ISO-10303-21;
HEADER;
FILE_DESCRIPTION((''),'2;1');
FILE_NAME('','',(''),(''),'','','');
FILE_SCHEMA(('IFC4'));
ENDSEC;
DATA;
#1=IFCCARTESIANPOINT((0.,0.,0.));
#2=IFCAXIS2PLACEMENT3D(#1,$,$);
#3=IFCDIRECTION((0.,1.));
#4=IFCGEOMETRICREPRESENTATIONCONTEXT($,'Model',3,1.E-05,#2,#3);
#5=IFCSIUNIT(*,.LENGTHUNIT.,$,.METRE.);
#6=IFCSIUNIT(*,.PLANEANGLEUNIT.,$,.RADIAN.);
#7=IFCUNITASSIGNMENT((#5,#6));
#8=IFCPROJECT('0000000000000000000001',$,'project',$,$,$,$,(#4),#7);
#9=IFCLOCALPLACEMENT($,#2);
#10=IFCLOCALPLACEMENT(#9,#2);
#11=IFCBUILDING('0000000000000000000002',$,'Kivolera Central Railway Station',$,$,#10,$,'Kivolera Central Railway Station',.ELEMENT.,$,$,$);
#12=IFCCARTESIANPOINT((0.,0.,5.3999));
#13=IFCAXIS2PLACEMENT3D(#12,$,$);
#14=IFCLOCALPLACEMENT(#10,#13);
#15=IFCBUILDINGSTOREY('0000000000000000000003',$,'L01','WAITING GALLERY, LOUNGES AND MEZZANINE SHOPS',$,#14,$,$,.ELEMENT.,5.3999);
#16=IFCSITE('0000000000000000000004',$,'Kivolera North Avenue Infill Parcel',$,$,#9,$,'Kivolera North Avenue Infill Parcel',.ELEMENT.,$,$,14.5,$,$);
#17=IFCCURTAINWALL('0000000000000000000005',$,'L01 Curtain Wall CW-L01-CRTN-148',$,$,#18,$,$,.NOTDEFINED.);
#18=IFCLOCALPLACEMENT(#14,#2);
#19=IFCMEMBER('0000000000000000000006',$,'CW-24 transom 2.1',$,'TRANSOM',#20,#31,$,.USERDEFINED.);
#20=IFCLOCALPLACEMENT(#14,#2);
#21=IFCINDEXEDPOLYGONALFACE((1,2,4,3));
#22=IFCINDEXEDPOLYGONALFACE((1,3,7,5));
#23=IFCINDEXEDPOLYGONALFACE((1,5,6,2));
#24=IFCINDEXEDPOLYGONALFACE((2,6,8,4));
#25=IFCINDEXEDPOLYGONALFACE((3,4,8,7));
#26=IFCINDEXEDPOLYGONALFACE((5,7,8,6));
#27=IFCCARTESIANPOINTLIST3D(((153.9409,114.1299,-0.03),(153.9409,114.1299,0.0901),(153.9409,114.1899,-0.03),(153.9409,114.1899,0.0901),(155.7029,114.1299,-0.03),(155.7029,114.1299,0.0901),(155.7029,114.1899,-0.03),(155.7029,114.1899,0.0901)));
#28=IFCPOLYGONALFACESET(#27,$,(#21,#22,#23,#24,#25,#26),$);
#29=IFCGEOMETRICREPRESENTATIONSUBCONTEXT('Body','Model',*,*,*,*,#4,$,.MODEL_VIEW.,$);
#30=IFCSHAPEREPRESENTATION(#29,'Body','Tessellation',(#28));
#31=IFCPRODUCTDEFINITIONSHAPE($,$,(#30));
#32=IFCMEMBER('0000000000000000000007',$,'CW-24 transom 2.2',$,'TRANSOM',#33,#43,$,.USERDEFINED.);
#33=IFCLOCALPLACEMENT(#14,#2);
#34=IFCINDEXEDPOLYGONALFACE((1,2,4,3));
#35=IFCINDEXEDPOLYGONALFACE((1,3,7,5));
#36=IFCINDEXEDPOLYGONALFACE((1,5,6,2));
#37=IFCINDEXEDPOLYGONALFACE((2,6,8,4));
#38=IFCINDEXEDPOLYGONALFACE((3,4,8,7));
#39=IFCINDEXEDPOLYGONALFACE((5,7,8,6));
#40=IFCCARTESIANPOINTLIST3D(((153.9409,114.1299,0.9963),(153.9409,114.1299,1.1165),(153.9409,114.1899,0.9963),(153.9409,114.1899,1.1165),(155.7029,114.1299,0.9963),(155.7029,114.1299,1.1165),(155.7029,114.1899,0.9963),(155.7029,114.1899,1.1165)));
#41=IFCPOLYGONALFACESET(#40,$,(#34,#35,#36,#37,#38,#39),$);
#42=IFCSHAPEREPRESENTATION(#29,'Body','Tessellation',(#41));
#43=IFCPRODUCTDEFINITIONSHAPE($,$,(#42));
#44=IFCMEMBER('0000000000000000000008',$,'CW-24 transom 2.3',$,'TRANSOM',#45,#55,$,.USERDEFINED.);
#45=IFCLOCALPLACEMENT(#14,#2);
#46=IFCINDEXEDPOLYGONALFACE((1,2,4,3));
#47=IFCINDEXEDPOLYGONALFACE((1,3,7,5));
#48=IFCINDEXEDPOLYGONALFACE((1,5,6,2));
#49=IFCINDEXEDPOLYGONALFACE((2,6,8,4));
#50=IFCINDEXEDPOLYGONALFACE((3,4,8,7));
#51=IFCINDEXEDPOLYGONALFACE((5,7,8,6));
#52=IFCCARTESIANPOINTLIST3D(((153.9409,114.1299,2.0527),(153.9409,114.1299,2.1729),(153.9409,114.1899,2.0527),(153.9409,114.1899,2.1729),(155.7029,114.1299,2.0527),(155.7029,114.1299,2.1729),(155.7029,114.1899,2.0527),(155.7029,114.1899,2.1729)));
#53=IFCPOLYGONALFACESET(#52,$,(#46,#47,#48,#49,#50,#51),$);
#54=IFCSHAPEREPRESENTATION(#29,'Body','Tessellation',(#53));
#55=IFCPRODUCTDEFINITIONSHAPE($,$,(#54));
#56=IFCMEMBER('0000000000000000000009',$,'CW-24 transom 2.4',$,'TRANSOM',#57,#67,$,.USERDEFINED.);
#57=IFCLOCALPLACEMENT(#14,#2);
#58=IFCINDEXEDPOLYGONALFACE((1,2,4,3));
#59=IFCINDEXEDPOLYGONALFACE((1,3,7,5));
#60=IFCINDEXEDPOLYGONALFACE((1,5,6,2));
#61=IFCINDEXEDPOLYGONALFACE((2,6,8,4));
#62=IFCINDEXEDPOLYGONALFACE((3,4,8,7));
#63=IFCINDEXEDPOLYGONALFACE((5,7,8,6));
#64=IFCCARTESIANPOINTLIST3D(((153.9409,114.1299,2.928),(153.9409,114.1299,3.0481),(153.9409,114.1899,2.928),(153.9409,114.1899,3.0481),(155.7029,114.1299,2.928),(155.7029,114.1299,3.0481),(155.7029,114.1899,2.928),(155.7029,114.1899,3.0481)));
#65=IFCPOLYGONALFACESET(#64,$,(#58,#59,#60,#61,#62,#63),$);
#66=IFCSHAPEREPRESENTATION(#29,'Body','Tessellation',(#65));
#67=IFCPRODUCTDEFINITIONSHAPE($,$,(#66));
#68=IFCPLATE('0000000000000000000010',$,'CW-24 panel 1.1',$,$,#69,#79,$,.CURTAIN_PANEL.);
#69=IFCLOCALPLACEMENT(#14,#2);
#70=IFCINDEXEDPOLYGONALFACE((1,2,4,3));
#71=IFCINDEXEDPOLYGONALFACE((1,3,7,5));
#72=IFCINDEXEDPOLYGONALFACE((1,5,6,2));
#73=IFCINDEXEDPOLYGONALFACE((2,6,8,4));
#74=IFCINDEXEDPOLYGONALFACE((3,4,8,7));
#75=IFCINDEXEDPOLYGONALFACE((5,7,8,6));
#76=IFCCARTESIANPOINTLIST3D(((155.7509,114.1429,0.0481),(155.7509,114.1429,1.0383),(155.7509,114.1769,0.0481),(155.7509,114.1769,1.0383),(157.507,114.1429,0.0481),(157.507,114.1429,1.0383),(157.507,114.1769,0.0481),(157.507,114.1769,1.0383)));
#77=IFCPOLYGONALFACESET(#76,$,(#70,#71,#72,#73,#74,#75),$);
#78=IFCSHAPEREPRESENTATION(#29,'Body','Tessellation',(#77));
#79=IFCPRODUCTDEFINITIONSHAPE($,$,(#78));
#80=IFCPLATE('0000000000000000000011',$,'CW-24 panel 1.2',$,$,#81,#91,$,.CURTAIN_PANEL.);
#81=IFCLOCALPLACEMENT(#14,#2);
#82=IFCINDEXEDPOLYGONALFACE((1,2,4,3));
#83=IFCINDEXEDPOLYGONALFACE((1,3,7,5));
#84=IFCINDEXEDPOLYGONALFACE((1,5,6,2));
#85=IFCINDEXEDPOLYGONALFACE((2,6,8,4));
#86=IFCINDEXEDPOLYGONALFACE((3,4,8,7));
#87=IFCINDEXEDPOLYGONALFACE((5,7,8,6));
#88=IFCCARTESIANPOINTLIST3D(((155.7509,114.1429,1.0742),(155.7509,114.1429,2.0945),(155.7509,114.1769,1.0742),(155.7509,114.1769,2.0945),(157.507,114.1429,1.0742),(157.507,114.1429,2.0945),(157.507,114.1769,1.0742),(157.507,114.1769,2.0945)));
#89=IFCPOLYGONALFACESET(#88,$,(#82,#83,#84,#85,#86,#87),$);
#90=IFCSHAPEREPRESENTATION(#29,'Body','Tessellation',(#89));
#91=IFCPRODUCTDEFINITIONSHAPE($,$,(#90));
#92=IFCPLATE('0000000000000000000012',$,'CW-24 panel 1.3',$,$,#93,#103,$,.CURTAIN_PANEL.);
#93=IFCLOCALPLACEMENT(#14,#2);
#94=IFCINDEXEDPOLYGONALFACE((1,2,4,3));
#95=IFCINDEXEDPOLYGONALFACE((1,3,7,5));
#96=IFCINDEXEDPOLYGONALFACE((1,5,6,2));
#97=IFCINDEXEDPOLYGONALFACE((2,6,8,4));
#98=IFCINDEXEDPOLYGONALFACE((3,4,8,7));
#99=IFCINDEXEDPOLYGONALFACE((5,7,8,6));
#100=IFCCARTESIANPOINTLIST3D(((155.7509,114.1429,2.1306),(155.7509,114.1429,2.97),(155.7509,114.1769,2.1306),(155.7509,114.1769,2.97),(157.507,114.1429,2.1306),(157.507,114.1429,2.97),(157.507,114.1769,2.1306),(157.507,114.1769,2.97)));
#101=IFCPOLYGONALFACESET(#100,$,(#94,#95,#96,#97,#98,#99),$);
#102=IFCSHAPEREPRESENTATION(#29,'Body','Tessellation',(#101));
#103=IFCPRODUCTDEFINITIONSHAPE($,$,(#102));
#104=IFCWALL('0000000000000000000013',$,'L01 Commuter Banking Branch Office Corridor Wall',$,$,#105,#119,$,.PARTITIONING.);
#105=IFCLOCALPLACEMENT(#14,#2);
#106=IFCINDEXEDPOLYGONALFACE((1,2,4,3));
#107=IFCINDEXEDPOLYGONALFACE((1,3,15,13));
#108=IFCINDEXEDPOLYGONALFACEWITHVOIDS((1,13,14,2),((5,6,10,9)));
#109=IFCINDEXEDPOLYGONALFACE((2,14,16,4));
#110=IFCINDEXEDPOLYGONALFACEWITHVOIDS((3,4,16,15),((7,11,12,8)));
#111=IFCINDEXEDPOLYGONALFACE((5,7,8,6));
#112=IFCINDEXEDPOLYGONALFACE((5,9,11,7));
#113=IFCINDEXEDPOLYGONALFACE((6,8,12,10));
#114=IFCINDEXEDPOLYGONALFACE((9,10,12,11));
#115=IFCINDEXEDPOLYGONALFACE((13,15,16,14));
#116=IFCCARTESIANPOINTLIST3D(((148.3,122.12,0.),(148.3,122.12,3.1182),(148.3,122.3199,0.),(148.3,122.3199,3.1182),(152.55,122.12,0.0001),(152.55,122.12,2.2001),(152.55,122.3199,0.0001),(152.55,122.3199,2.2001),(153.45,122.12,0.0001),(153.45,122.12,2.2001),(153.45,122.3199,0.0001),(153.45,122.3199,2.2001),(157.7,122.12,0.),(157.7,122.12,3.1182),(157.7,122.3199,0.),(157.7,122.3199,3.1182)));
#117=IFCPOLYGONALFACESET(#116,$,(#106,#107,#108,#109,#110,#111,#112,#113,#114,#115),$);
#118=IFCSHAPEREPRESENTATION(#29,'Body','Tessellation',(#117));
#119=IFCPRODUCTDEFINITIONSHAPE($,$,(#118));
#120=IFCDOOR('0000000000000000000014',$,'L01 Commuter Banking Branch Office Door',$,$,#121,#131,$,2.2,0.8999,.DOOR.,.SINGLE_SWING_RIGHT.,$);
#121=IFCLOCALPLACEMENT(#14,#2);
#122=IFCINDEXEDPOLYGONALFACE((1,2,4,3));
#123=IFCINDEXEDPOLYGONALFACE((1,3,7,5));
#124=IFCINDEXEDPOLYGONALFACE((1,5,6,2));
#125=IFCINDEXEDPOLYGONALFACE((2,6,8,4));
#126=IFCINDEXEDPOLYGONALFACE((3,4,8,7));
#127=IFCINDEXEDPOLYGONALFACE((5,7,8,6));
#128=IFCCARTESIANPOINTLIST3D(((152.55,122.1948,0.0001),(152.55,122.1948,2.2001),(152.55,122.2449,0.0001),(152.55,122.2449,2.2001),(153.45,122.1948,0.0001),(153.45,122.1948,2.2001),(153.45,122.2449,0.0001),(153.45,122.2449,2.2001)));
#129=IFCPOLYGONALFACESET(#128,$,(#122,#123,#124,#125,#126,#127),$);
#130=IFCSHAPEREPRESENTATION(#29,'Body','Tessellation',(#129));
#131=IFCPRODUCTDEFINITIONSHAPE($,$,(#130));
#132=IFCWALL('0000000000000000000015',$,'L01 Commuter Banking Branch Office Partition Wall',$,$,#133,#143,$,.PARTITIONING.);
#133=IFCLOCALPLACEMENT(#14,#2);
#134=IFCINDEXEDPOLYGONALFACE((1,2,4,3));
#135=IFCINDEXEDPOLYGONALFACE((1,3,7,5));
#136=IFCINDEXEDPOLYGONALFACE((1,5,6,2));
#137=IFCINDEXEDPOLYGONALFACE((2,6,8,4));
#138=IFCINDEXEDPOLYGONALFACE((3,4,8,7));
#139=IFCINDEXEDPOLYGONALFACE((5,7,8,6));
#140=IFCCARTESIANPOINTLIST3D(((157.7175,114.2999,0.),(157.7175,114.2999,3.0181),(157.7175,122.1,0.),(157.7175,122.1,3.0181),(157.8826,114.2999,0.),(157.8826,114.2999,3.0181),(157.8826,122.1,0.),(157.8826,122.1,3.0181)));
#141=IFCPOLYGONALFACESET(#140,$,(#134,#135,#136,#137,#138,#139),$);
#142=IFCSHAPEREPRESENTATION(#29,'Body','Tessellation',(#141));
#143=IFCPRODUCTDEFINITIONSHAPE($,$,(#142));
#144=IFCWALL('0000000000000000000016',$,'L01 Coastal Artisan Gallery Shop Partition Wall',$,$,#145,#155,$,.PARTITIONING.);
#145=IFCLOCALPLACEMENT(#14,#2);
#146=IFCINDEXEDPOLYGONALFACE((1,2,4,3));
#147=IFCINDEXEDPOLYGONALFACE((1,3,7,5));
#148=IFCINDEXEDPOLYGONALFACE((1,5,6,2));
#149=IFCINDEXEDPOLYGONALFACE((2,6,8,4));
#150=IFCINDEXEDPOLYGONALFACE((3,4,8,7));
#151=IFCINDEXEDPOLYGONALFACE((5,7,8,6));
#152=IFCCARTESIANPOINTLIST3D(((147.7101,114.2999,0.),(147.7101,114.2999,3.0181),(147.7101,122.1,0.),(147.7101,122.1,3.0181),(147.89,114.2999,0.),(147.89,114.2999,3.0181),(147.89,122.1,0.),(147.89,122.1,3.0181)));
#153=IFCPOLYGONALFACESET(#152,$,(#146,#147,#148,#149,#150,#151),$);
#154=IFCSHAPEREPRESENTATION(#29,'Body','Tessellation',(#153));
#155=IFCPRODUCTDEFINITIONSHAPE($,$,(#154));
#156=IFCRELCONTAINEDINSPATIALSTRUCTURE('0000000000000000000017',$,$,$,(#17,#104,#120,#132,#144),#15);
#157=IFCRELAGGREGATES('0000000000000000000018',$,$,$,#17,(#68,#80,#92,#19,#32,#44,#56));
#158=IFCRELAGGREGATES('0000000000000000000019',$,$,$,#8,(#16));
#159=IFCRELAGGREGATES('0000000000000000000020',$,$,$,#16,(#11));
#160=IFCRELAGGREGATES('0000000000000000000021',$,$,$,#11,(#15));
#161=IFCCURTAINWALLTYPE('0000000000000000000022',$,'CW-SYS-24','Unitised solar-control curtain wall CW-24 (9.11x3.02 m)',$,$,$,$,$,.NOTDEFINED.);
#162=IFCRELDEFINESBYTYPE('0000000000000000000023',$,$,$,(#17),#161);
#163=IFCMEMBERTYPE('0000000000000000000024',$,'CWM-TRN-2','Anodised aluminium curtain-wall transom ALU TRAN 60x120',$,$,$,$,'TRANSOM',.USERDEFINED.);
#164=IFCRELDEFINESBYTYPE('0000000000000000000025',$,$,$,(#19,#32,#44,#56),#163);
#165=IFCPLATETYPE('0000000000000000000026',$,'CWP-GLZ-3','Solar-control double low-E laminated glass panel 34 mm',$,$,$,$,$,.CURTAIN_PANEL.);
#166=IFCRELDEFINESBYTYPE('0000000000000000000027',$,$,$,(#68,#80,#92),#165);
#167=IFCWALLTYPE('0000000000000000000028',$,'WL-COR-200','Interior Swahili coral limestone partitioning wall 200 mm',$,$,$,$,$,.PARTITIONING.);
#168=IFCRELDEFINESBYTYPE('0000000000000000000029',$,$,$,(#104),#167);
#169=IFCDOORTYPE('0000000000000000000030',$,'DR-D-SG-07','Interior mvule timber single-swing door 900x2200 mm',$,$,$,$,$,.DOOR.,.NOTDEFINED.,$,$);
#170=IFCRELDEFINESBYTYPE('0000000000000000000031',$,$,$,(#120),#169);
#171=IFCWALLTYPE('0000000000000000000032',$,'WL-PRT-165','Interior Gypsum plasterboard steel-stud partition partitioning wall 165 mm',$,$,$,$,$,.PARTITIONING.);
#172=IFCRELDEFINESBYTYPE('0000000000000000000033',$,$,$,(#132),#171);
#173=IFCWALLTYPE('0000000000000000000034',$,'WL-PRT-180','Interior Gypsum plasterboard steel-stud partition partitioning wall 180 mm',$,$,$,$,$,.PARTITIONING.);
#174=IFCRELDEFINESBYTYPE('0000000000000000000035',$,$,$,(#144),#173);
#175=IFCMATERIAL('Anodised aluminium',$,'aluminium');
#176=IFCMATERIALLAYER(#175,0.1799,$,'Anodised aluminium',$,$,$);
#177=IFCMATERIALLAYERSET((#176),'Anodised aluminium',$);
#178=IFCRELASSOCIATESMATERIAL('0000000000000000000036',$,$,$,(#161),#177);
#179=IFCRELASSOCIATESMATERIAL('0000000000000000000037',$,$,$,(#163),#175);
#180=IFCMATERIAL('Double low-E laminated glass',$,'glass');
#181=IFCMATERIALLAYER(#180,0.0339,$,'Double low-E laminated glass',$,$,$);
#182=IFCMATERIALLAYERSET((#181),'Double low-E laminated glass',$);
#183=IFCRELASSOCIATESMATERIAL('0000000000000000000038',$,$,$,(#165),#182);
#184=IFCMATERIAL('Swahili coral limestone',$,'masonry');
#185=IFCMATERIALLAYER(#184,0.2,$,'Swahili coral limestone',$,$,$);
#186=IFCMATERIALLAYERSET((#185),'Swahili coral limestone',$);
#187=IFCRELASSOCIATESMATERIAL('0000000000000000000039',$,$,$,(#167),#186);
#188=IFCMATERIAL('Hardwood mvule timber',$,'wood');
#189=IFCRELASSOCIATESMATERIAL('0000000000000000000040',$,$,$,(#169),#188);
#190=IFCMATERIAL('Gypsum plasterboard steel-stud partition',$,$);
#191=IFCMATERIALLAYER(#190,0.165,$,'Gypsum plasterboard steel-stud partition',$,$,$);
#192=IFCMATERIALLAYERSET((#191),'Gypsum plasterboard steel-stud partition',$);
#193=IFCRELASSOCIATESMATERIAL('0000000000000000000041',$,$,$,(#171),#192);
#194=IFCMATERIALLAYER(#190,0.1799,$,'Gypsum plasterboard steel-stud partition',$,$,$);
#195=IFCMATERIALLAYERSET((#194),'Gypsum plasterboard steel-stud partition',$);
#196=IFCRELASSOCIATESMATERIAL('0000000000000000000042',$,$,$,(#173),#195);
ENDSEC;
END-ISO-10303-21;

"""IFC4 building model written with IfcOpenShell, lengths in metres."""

from ifc_helpers import new_model, si_unit, direction, frame, frame_2d, origin, origin_2d, place, context, subcontext, project, spatial, rectangle, extrude, material, layer, layer_set, material_profile, profile_set, type_object, element, fill, aggregate, save


model = new_model("IFC4")

# Units and contexts
model_context = context("Model", 3, precision=1e-05, world=origin(), true_north=direction((0.0, 1.0)))
body_context = subcontext(model_context, "Body", "Model", "MODEL_VIEW")
ifc_project = project(units=[si_unit("LENGTHUNIT", "METRE"), si_unit("PLANEANGLEUNIT", "RADIAN")], contexts=[model_context])

# Site, building, storey
site_placement = place(None, origin())
site = spatial("IfcSite", under=ifc_project, at=site_placement, Name="Kivolera North Avenue Infill Parcel", LongName="Kivolera North Avenue Infill Parcel", CompositionType="ELEMENT", RefElevation=14.5)
building_placement = place(site_placement, origin())
building = spatial("IfcBuilding", under=site, at=building_placement, Name="Kivolera Central Railway Station", LongName="Kivolera Central Railway Station", CompositionType="ELEMENT")
storey_placement = place(building_placement, frame((0.0, 0.0, 5.3999)))
storey = spatial("IfcBuildingStorey", under=building, at=storey_placement, Name="L01", Description="WAITING GALLERY, LOUNGES AND MEZZANINE SHOPS", CompositionType="ELEMENT", Elevation=5.3999)

# Curtain wall, members, plates
ifc_material_1 = material(Name="Anodised aluminium", Category="aluminium")
ifc_layer_1 = layer(ifc_material_1, 0.1799, Name="Anodised aluminium")
ifc_layer_set_1 = layer_set([ifc_layer_1], Name="Anodised aluminium")
curtain_wall_type = type_object("IfcCurtainWallType", Name="CW-SYS-24", Description="Unitised solar-control curtain wall CW-24 (9.11x3.02 m)", PredefinedType="NOTDEFINED", material=ifc_layer_set_1)
curtain_wall_placement = place(storey_placement, origin())
curtain_wall = element("IfcCurtainWall", 1, at=curtain_wall_placement, inside=storey, type_object=curtain_wall_type, Name="L01 Curtain Wall CW-L01-CRTN-148", PredefinedType="NOTDEFINED")
ifc_material_profile_1 = material_profile(ifc_material_1, rectangle(XDim=0.0601, YDim=0.1201, at=origin_2d()), Name="ALU TRAN 60x120")
ifc_profile_set_1 = profile_set([ifc_material_profile_1], Name="Anodised aluminium")
member_type_1 = type_object("IfcMemberType", Name="CWM-TRN-2", Description="Anodised aluminium curtain-wall transom ALU TRAN 60x120", ElementType="TRANSOM", PredefinedType="USERDEFINED", material=ifc_profile_set_1)
member_1_placement = place(storey_placement, frame((155.7029, 114.1599, 0.03), z_axis=(-1.0, 0.0, 0.0), x_axis=(0.0, -1.0, 0.0)))
member_1 = element("IfcMember", 2, at=member_1_placement, type_object=member_type_1, Name="CW-24 transom 2.1", ObjectType="TRANSOM", PredefinedType="USERDEFINED", context=body_context, shape_type="SweptSolid", body=[
    extrude(rectangle(XDim=0.0601, YDim=0.1201, at=origin_2d()), origin(), (0.0, 0.0, 1.0), 1.762),
])
member_2_placement = place(storey_placement, frame((155.7029, 114.1599, 1.0564), z_axis=(-1.0, 0.0, 0.0), x_axis=(0.0, -1.0, 0.0)))
member_2 = element("IfcMember", 3, at=member_2_placement, type_object=member_type_1, Name="CW-24 transom 2.2", ObjectType="TRANSOM", PredefinedType="USERDEFINED", context=body_context, shape_type="SweptSolid", body=[
    extrude(rectangle(XDim=0.0601, YDim=0.1201, at=origin_2d()), origin(), (0.0, 0.0, 1.0), 1.762),
])
member_3_placement = place(storey_placement, frame((155.7029, 114.1599, 2.1128), z_axis=(-1.0, 0.0, 0.0), x_axis=(0.0, -1.0, 0.0)))
member_3 = element("IfcMember", 4, at=member_3_placement, type_object=member_type_1, Name="CW-24 transom 2.3", ObjectType="TRANSOM", PredefinedType="USERDEFINED", context=body_context, shape_type="SweptSolid", body=[
    extrude(rectangle(XDim=0.0601, YDim=0.1201, at=origin_2d()), origin(), (0.0, 0.0, 1.0), 1.762),
])
member_4_placement = place(storey_placement, frame((155.7029, 114.1599, 2.988), z_axis=(-1.0, 0.0, 0.0), x_axis=(0.0, -1.0, 0.0)))
member_4 = element("IfcMember", 5, at=member_4_placement, type_object=member_type_1, Name="CW-24 transom 2.4", ObjectType="TRANSOM", PredefinedType="USERDEFINED", context=body_context, shape_type="SweptSolid", body=[
    extrude(rectangle(XDim=0.0601, YDim=0.1201, at=origin_2d()), origin(), (0.0, 0.0, 1.0), 1.762),
])
ifc_material_2 = material(Name="Double low-E laminated glass", Category="glass")
ifc_layer_2 = layer(ifc_material_2, 0.0339, Name="Double low-E laminated glass")
ifc_layer_set_2 = layer_set([ifc_layer_2], Name="Double low-E laminated glass")
plate_type = type_object("IfcPlateType", Name="CWP-GLZ-3", Description="Solar-control double low-E laminated glass panel 34 mm", PredefinedType="CURTAIN_PANEL", material=ifc_layer_set_2)
plate_1_placement = place(storey_placement, frame((156.6289, 114.1599, 0.0481), z_axis=(0.0, 0.0, 1.0), x_axis=(-1.0, 0.0, 0.0)))
plate_1 = element("IfcPlate", 6, at=plate_1_placement, type_object=plate_type, Name="CW-24 panel 1.1", PredefinedType="CURTAIN_PANEL", context=body_context, shape_type="SweptSolid", body=[
    extrude(rectangle(XDim=1.7561, YDim=0.0339, at=origin_2d()), origin(), (0.0, 0.0, 1.0), 0.9902),
])
plate_2_placement = place(storey_placement, frame((156.6289, 114.1599, 1.0742), z_axis=(0.0, 0.0, 1.0), x_axis=(-1.0, 0.0, 0.0)))
plate_2 = element("IfcPlate", 7, at=plate_2_placement, type_object=plate_type, Name="CW-24 panel 1.2", PredefinedType="CURTAIN_PANEL", context=body_context, shape_type="SweptSolid", body=[
    extrude(rectangle(XDim=1.7561, YDim=0.0339, at=origin_2d()), origin(), (0.0, 0.0, 1.0), 1.0203),
])
plate_3_placement = place(storey_placement, frame((156.6289, 114.1599, 2.1306), z_axis=(0.0, 0.0, 1.0), x_axis=(-1.0, 0.0, 0.0)))
plate_3 = element("IfcPlate", 8, at=plate_3_placement, type_object=plate_type, Name="CW-24 panel 1.3", PredefinedType="CURTAIN_PANEL", context=body_context, shape_type="SweptSolid", body=[
    extrude(rectangle(XDim=1.7561, YDim=0.0339, at=origin_2d()), origin(), (0.0, 0.0, 1.0), 0.8394),
])
aggregate(curtain_wall, [plate_1, plate_2, plate_3, member_1, member_2, member_3, member_4])

# Wall, opening, door
ifc_material_3 = material(Name="Swahili coral limestone", Category="masonry")
ifc_layer_3 = layer(ifc_material_3, 0.2, Name="Swahili coral limestone")
ifc_layer_set_3 = layer_set([ifc_layer_3], Name="Swahili coral limestone")
wall_type_1 = type_object("IfcWallType", Name="WL-COR-200", Description="Interior Swahili coral limestone partitioning wall 200 mm", PredefinedType="PARTITIONING", material=ifc_layer_set_3)
wall_1_placement = place(storey_placement, frame((148.3, 122.22, 0.0), z_axis=(0.0, 0.0, 1.0), x_axis=(1.0, 0.0, 0.0)))
wall_1 = element("IfcWall", 9, at=wall_1_placement, inside=storey, type_object=wall_type_1, Name="L01 Commuter Banking Branch Office Corridor Wall", PredefinedType="PARTITIONING", context=body_context, shape_type="SweptSolid", body=[
    extrude(rectangle(XDim=9.3999, YDim=0.2, at=frame_2d((4.7, 0.0))), origin(), (0.0, 0.0, 1.0), 3.1182),
])
opening_1_placement = place(wall_1_placement, frame((4.25, 0.0, 0.0)))
opening_1 = element("IfcOpeningElement", 10, at=opening_1_placement, cuts=wall_1, PredefinedType="OPENING", context=body_context, shape_type="SweptSolid", body=[
    extrude(rectangle(XDim=0.8999, YDim=2.2, at=frame_2d((0.45, 1.1001))), frame((0.0, 0.1099, 0.0), z_axis=(0.0, -1.0, 0.0), x_axis=(1.0, 0.0, 0.0)), (0.0, 0.0, 1.0), 0.22),
])
ifc_material_4 = material(Name="Hardwood mvule timber", Category="wood")
door_type_1 = type_object("IfcDoorType", Name="DR-D-SG-07", Description="Interior mvule timber single-swing door 900x2200 mm", OperationType="NOTDEFINED", PredefinedType="DOOR", material=ifc_material_4)
door_1_placement = place(opening_1_placement, origin())
door_1 = element("IfcDoor", 11, at=door_1_placement, inside=storey, type_object=door_type_1, Name="L01 Commuter Banking Branch Office Door", OperationType="SINGLE_SWING_RIGHT", OverallHeight=2.2, OverallWidth=0.8999, PredefinedType="DOOR", context=body_context, shape_type="SweptSolid", body=[
    extrude(rectangle(XDim=0.8999, YDim=2.2, at=frame_2d((0.45, 1.1001))), frame((0.0, 0.0249, 0.0), z_axis=(0.0, -1.0, 0.0), x_axis=(1.0, 0.0, 0.0)), (0.0, 0.0, 1.0), 0.05),
])
fill(opening_1, door_1)

# Walls
ifc_material_5 = material(Name="Gypsum plasterboard steel-stud partition")
ifc_layer_4 = layer(ifc_material_5, 0.165, Name="Gypsum plasterboard steel-stud partition")
ifc_layer_set_4 = layer_set([ifc_layer_4], Name="Gypsum plasterboard steel-stud partition")
wall_type_2 = type_object("IfcWallType", Name="WL-PRT-165", Description="Interior Gypsum plasterboard steel-stud partition partitioning wall 165 mm", PredefinedType="PARTITIONING", material=ifc_layer_set_4)
wall_2_placement = place(storey_placement, frame((157.8, 114.3, 0.0), z_axis=(0.0, 0.0, 1.0), x_axis=(0.0, 1.0, 0.0)))
element("IfcWall", 12, at=wall_2_placement, inside=storey, type_object=wall_type_2, Name="L01 Commuter Banking Branch Office Partition Wall", PredefinedType="PARTITIONING", context=body_context, shape_type="SweptSolid", body=[
    extrude(rectangle(XDim=7.8, YDim=0.165, at=frame_2d((3.8999, 0.0))), origin(), (0.0, 0.0, 1.0), 3.0181),
])
ifc_layer_5 = layer(ifc_material_5, 0.1799, Name="Gypsum plasterboard steel-stud partition")
ifc_layer_set_5 = layer_set([ifc_layer_5], Name="Gypsum plasterboard steel-stud partition")
wall_type_3 = type_object("IfcWallType", Name="WL-PRT-180", Description="Interior Gypsum plasterboard steel-stud partition partitioning wall 180 mm", PredefinedType="PARTITIONING", material=ifc_layer_set_5)
wall_3_placement = place(storey_placement, frame((147.8, 114.3, 0.0), z_axis=(0.0, 0.0, 1.0), x_axis=(0.0, 1.0, 0.0)))
element("IfcWall", 13, at=wall_3_placement, inside=storey, type_object=wall_type_3, Name="L01 Coastal Artisan Gallery Shop Partition Wall", PredefinedType="PARTITIONING", context=body_context, shape_type="SweptSolid", body=[
    extrude(rectangle(XDim=7.8, YDim=0.1799, at=frame_2d((3.8999, 0.0))), origin(), (0.0, 0.0, 1.0), 3.0181),
])

save(model, "model.ifc")
